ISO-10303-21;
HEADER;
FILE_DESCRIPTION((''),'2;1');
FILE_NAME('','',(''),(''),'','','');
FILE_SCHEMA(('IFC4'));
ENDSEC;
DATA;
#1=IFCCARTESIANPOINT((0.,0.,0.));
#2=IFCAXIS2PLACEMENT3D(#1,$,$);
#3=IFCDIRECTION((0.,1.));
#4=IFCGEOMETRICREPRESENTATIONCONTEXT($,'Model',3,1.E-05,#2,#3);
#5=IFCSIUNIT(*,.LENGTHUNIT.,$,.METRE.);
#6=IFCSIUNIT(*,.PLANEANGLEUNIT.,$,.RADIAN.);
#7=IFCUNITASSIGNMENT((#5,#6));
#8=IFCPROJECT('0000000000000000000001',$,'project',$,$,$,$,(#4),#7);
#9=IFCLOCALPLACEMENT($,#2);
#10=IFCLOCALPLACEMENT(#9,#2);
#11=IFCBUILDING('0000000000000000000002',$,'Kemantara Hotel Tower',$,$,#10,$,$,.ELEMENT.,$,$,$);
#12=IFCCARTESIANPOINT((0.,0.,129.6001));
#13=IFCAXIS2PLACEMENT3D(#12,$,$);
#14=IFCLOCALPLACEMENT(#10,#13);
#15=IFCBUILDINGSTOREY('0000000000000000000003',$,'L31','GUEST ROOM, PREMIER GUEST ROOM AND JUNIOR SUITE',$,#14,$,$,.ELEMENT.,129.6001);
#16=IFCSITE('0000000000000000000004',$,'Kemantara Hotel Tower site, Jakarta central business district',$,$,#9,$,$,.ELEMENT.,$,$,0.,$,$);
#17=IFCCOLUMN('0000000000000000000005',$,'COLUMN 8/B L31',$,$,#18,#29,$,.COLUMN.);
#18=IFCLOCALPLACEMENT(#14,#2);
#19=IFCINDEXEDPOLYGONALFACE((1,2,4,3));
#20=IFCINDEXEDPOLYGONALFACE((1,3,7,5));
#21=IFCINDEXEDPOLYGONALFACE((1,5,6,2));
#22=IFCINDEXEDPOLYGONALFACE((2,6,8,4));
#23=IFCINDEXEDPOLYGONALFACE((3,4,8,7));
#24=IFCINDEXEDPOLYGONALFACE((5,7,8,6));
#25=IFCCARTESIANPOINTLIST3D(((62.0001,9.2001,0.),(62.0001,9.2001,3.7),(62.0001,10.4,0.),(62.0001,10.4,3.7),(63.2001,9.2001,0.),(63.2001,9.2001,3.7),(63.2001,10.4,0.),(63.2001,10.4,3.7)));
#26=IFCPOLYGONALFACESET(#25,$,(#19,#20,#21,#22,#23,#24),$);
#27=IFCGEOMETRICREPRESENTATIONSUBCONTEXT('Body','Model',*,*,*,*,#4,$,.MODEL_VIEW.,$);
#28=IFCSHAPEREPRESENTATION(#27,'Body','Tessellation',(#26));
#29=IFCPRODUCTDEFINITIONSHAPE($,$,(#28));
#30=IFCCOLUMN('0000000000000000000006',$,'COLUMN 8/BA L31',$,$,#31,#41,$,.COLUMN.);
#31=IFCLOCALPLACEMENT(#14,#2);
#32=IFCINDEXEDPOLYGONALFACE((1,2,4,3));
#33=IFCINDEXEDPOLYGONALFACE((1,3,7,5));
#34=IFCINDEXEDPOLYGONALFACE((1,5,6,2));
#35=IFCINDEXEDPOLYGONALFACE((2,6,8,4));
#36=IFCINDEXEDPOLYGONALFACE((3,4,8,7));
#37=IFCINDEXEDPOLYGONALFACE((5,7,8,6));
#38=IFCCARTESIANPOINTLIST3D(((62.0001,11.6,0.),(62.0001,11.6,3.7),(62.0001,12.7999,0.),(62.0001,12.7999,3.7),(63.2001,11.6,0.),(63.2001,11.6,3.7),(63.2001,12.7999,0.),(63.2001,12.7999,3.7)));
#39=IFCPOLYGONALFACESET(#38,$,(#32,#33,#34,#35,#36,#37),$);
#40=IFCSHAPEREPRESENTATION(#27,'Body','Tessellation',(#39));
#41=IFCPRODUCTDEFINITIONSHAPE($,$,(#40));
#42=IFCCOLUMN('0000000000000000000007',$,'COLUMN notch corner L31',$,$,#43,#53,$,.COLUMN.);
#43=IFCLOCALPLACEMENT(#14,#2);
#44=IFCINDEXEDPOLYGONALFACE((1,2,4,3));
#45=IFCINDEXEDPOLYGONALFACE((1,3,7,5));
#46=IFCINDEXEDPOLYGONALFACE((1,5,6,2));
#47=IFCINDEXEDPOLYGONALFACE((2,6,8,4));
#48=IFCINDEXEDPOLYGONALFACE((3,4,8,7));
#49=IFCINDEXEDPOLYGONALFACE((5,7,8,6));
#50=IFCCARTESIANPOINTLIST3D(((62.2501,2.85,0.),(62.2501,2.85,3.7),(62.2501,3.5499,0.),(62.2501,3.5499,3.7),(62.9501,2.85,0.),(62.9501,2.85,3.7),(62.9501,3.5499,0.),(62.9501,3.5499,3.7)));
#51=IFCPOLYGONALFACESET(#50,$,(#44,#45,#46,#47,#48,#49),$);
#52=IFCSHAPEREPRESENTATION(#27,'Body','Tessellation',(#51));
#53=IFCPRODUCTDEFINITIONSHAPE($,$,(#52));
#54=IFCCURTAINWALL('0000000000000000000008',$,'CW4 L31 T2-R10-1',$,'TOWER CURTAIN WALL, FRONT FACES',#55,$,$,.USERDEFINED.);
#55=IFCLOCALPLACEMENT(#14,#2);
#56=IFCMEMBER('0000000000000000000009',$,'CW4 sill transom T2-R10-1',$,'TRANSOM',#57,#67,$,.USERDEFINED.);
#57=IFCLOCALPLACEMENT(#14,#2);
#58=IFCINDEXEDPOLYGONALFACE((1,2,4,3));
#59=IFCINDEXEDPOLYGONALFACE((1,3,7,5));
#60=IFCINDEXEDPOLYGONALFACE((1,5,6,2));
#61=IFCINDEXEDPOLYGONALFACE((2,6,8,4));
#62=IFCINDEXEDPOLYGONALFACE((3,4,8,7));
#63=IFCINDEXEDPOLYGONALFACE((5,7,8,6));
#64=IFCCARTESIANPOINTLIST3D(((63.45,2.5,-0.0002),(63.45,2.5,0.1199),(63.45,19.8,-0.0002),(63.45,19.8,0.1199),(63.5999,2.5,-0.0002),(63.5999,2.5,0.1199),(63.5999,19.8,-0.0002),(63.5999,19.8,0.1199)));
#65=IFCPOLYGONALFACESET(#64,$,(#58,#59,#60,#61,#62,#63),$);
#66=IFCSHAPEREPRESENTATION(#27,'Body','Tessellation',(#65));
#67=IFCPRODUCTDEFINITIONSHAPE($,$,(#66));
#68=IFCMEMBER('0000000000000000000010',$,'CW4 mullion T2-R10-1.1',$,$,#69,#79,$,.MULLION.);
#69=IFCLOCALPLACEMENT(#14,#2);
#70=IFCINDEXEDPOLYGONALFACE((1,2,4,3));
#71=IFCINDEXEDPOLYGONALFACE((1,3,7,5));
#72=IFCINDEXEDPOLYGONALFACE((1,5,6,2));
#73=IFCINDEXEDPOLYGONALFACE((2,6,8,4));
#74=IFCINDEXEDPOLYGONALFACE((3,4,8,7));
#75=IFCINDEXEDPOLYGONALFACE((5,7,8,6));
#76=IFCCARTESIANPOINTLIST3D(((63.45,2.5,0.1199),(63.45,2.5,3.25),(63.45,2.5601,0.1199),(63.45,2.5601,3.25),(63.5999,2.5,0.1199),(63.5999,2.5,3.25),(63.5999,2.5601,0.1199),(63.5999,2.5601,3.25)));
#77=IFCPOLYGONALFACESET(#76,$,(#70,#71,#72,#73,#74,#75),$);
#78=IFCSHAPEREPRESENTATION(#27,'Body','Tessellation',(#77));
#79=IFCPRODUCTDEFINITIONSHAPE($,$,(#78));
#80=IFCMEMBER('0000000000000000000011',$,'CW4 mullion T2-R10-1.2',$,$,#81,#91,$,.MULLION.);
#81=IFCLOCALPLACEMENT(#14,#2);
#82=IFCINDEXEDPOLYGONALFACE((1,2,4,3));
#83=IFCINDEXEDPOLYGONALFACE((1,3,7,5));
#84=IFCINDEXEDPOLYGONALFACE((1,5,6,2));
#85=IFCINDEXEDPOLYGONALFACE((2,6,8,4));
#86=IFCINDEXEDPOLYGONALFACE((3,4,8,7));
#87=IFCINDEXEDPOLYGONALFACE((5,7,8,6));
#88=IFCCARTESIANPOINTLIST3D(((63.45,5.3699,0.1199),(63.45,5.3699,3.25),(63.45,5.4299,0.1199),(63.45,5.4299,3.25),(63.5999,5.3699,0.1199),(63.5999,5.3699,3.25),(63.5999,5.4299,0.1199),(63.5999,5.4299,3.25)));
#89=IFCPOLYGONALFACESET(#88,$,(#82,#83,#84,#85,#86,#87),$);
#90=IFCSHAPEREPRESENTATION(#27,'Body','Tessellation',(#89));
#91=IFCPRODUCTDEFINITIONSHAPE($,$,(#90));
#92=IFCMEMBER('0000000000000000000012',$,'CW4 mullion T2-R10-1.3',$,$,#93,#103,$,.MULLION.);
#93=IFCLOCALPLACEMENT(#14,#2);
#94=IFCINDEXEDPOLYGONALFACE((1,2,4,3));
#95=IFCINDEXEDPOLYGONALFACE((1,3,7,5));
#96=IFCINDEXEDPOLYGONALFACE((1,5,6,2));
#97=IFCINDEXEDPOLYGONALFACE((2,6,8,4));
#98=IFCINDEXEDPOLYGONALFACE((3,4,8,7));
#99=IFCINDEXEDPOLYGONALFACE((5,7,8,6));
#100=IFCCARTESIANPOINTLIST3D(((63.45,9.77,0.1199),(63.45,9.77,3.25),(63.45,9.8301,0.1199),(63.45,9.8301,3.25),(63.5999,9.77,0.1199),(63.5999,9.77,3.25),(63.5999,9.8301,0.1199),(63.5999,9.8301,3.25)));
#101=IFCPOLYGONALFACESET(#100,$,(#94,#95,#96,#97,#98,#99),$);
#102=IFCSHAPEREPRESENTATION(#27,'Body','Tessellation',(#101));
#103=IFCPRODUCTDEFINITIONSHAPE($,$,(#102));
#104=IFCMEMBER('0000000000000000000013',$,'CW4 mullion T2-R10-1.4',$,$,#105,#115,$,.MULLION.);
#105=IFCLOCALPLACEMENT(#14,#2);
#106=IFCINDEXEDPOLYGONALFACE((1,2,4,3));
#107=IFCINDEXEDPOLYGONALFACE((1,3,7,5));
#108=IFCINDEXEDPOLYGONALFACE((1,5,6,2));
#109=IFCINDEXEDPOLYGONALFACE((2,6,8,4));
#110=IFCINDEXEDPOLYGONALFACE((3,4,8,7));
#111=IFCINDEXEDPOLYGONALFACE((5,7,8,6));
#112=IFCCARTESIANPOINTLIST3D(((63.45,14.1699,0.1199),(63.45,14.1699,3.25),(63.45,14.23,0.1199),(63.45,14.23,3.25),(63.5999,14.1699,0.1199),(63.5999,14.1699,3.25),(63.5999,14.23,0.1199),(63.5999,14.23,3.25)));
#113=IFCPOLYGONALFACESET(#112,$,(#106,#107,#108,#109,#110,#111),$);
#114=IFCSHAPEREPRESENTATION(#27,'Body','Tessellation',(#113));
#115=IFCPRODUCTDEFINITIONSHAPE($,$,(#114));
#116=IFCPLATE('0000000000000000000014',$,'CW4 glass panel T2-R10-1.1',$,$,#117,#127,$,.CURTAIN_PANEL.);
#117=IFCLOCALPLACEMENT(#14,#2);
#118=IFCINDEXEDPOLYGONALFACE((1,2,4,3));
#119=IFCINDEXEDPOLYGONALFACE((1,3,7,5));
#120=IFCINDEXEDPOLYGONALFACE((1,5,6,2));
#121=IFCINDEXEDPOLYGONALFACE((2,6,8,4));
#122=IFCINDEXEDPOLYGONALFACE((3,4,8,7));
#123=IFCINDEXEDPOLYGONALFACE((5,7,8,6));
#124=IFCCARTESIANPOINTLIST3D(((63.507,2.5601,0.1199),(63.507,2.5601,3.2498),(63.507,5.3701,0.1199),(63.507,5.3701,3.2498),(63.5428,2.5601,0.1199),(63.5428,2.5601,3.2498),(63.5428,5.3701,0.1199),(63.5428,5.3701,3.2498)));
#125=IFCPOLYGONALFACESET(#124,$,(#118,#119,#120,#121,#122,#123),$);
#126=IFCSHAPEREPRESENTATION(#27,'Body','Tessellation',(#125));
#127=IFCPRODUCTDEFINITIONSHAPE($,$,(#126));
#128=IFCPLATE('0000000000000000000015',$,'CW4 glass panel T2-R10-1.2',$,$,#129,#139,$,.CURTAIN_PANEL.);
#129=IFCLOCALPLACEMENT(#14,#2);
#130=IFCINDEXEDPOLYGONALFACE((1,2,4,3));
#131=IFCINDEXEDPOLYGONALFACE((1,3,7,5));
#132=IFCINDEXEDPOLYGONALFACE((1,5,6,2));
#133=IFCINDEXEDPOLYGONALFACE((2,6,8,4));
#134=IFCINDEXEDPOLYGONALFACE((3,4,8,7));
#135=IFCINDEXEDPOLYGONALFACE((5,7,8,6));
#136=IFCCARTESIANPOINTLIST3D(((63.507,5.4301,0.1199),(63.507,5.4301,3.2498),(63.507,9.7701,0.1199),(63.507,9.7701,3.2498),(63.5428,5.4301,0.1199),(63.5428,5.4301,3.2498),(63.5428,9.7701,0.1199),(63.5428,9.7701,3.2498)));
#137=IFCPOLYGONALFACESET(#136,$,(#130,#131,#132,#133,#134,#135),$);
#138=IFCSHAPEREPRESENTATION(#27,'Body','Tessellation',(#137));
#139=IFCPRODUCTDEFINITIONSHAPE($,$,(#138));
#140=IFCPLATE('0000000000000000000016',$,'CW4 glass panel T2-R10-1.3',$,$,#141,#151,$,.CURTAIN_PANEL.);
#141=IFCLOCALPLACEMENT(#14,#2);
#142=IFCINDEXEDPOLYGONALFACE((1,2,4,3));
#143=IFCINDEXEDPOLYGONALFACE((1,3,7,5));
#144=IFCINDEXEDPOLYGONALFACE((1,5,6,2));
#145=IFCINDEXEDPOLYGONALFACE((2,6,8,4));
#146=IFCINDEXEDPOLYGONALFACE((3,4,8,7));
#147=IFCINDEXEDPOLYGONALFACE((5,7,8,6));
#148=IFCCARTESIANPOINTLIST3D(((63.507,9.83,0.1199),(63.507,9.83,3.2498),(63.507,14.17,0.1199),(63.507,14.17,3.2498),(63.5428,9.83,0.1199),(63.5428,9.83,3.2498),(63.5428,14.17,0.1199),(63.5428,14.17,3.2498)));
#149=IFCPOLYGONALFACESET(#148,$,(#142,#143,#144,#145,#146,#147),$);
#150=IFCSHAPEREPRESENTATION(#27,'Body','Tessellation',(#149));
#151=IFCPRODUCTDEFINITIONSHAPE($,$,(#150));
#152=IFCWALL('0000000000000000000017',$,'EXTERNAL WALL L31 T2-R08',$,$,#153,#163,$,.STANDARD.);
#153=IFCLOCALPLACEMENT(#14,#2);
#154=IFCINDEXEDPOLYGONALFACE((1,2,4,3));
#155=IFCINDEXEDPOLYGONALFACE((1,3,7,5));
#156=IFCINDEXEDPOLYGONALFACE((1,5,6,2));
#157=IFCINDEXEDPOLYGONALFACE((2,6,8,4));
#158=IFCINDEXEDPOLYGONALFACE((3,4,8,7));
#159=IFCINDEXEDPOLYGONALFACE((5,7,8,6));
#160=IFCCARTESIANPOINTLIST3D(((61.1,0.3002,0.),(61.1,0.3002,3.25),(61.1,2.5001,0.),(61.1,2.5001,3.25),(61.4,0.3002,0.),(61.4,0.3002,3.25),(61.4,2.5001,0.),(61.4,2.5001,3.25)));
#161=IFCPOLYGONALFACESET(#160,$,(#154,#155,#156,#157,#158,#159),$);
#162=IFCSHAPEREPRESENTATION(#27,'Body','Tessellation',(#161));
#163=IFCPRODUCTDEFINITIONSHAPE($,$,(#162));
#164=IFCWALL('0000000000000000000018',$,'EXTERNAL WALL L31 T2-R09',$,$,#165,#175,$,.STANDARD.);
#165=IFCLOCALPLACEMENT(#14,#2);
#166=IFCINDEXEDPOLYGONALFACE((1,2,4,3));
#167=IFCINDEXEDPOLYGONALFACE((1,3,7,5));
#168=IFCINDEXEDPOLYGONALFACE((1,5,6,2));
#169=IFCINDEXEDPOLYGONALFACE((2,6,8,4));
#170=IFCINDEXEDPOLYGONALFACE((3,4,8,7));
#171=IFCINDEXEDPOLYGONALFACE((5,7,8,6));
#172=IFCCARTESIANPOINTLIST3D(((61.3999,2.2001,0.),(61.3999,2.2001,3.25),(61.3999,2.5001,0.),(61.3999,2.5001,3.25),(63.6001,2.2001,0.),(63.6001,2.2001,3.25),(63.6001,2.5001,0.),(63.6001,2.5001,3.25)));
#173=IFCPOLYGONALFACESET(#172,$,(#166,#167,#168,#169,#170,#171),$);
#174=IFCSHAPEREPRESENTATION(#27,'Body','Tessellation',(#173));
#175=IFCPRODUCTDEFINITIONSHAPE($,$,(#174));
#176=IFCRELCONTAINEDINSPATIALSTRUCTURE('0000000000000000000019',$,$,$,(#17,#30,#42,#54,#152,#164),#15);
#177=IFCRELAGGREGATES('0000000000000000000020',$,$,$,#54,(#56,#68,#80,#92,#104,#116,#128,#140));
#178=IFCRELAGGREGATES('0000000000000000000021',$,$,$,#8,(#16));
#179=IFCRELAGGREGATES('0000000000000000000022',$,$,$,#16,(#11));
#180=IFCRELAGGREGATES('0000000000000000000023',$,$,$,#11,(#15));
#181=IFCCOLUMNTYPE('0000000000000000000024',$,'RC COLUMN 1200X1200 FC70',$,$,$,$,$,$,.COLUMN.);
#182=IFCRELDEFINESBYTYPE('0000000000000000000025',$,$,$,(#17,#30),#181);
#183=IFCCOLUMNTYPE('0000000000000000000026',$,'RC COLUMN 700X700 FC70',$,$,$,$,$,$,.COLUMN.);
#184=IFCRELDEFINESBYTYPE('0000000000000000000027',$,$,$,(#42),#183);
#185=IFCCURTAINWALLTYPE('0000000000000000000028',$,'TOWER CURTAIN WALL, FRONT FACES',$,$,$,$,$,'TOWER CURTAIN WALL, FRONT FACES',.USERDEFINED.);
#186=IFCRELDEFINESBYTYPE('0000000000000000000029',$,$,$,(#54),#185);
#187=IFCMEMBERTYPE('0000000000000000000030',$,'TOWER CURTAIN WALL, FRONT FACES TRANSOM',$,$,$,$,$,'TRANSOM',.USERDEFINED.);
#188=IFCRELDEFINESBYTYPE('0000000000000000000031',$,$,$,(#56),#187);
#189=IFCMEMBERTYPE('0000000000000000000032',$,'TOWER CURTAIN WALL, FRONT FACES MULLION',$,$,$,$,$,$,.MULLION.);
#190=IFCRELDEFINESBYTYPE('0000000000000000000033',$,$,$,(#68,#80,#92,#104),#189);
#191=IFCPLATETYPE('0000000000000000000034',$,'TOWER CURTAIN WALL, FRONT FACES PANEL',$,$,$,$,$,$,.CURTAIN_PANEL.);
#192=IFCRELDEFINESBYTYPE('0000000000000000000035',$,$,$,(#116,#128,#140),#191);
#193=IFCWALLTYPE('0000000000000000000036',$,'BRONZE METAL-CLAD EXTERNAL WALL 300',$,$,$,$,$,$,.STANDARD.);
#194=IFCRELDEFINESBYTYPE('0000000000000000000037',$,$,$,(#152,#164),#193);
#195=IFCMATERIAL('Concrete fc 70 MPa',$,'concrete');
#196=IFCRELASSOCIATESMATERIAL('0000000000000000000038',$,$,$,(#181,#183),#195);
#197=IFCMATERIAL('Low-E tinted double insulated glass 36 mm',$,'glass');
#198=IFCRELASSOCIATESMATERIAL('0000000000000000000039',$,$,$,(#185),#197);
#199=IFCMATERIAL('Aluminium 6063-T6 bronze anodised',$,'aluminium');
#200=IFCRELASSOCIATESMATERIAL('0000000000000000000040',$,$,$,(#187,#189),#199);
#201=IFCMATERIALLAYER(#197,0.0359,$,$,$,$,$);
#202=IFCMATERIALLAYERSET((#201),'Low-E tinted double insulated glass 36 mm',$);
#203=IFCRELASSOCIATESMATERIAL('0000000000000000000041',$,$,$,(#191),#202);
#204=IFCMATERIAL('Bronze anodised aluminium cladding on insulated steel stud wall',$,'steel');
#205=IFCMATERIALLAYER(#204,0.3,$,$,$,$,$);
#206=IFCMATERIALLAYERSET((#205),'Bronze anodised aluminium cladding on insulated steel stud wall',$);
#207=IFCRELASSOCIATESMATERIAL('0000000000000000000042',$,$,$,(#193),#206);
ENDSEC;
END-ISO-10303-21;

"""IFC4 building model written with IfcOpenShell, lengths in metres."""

from ifc_helpers import new_model, si_unit, direction, frame, frame_2d, origin, origin_2d, place, context, subcontext, project, spatial, rectangle, extrude, source, transform, mapped, material, layer, layer_set, material_profile, profile_set, type_object, element, aggregate, save


model = new_model("IFC4")

# Units and contexts
model_context = context("Model", 3, precision=1e-05, world=origin(), true_north=direction((0.0, 1.0)))
body_context = subcontext(model_context, "Body", "Model", "MODEL_VIEW")
ifc_project = project(units=[si_unit("LENGTHUNIT", "METRE"), si_unit("PLANEANGLEUNIT", "RADIAN")], contexts=[model_context])

# Site, building, storey
site_placement = place(None, origin())
site = spatial("IfcSite", under=ifc_project, at=site_placement, Name="Kemantara Hotel Tower site, Jakarta central business district", CompositionType="ELEMENT", RefElevation=0.0)
building_placement = place(site_placement, origin())
building = spatial("IfcBuilding", under=site, at=building_placement, Name="Kemantara Hotel Tower", CompositionType="ELEMENT")
storey_placement = place(building_placement, frame((0.0, 0.0, 129.6001)))
storey = spatial("IfcBuildingStorey", under=building, at=storey_placement, Name="L31", Description="GUEST ROOM, PREMIER GUEST ROOM AND JUNIOR SUITE", CompositionType="ELEMENT", Elevation=129.6001)

# Columns
ifc_material_1 = material(Name="Concrete fc 70 MPa", Category="concrete")
ifc_material_profile_1 = material_profile(ifc_material_1, rectangle(XDim=1.2, YDim=1.2, at=origin_2d()), Name="RC 1200X1200")
ifc_profile_set_1 = profile_set([ifc_material_profile_1], Name="Concrete fc 70 MPa")
column_type_1 = type_object("IfcColumnType", Name="RC COLUMN 1200X1200 FC70", PredefinedType="COLUMN", material=ifc_profile_set_1)
for number, where, z_axis, x_axis, name in (
    (1, (62.6001, 9.8, 0.0), (0.0, 0.0, 1.0), (1.0, 0.0, 0.0), "COLUMN 8/B L31"),
    (2, (62.6001, 12.2, 0.0), (0.0, 0.0, 1.0), (1.0, 0.0, 0.0), "COLUMN 8/BA L31"),
):
    element("IfcColumn", number, at=place(storey_placement, frame(where, z_axis=z_axis, x_axis=x_axis)), inside=storey, type_object=column_type_1, Name=name, PredefinedType="COLUMN", context=body_context, shape_type="SweptSolid", body=[
        extrude(rectangle(XDim=1.2, YDim=1.2, at=origin_2d()), origin(), (0.0, 0.0, 1.0), 3.7),
    ])
ifc_material_profile_2 = material_profile(ifc_material_1, rectangle(XDim=0.7, YDim=0.7, at=origin_2d()), Name="RC 700X700")
ifc_profile_set_2 = profile_set([ifc_material_profile_2], Name="Concrete fc 70 MPa")
column_type_2 = type_object("IfcColumnType", Name="RC COLUMN 700X700 FC70", PredefinedType="COLUMN", material=ifc_profile_set_2)
column_placement = place(storey_placement, frame((62.6001, 3.2, 0.0), z_axis=(0.0, 0.0, 1.0), x_axis=(1.0, 0.0, 0.0)))
element("IfcColumn", 3, at=column_placement, inside=storey, type_object=column_type_2, Name="COLUMN notch corner L31", PredefinedType="COLUMN", context=body_context, shape_type="SweptSolid", body=[
    extrude(rectangle(XDim=0.7, YDim=0.7, at=origin_2d()), origin(), (0.0, 0.0, 1.0), 3.7),
])

# Curtain wall, members, plates
ifc_material_2 = material(Name="Low-E tinted double insulated glass 36 mm", Category="glass")
curtain_wall_type = type_object("IfcCurtainWallType", Name="TOWER CURTAIN WALL, FRONT FACES", ElementType="TOWER CURTAIN WALL, FRONT FACES", PredefinedType="USERDEFINED", material=ifc_material_2)
curtain_wall_placement = place(storey_placement, origin())
curtain_wall = element("IfcCurtainWall", 4, at=curtain_wall_placement, inside=storey, type_object=curtain_wall_type, Name="CW4 L31 T2-R10-1", ObjectType="TOWER CURTAIN WALL, FRONT FACES", PredefinedType="USERDEFINED")
ifc_material_3 = material(Name="Aluminium 6063-T6 bronze anodised", Category="aluminium")
ifc_material_profile_3 = material_profile(ifc_material_3, rectangle(XDim=0.1499, YDim=0.1201, at=origin_2d()), Name="TOWER CURTAIN WALL, FRONT FACES TRANSOM")
ifc_profile_set_3 = profile_set([ifc_material_profile_3], Name="Aluminium 6063-T6 bronze anodised")
member_type_1 = type_object("IfcMemberType", Name="TOWER CURTAIN WALL, FRONT FACES TRANSOM", ElementType="TRANSOM", PredefinedType="USERDEFINED", material=ifc_profile_set_3)
member_1_placement = place(storey_placement, frame((63.5249, 2.5, 0.0598), z_axis=(0.0, 1.0, 0.0), x_axis=(-1.0, 0.0, 0.0)))
member_1 = element("IfcMember", 5, at=member_1_placement, type_object=member_type_1, Name="CW4 sill transom T2-R10-1", ObjectType="TRANSOM", PredefinedType="USERDEFINED", context=body_context, shape_type="SweptSolid", body=[
    extrude(rectangle(XDim=0.1499, YDim=0.1201, at=origin_2d()), origin(), (0.0, 0.0, 1.0), 17.3),
])
ifc_material_profile_4 = material_profile(ifc_material_3, rectangle(XDim=0.1499, YDim=0.0601, at=origin_2d()), Name="TOWER CURTAIN WALL, FRONT FACES MULLION")
ifc_profile_set_4 = profile_set([ifc_material_profile_4], Name="Aluminium 6063-T6 bronze anodised")
member_type_2 = type_object("IfcMemberType", Name="TOWER CURTAIN WALL, FRONT FACES MULLION", PredefinedType="MULLION", material=ifc_profile_set_4)
shared_shape_1 = source(origin(), body_context, "Body", "SweptSolid", [
    extrude(rectangle(XDim=0.1499, YDim=0.0601, at=origin_2d()), origin(), (0.0, 0.0, 1.0), 3.1301),
])
member_2_placement = place(storey_placement, frame((63.5249, 2.53, 0.1199), z_axis=(0.0, 0.0, 1.0), x_axis=(-1.0, 0.0, 0.0)))
member_2 = element("IfcMember", 6, at=member_2_placement, type_object=member_type_2, Name="CW4 mullion T2-R10-1.1", PredefinedType="MULLION", context=body_context, shape_type="MappedRepresentation", body=[
    mapped(shared_shape_1, transform((0.0, 0.0, 0.0))),
])
member_3_placement = place(storey_placement, frame((63.5249, 5.3999, 0.1199), z_axis=(0.0, 0.0, 1.0), x_axis=(-1.0, 0.0, 0.0)))
member_3 = element("IfcMember", 7, at=member_3_placement, type_object=member_type_2, Name="CW4 mullion T2-R10-1.2", PredefinedType="MULLION", context=body_context, shape_type="MappedRepresentation", body=[
    mapped(shared_shape_1, transform((0.0, 0.0, 0.0))),
])
member_4_placement = place(storey_placement, frame((63.5249, 9.8, 0.1199), z_axis=(0.0, 0.0, 1.0), x_axis=(-1.0, 0.0, 0.0)))
member_4 = element("IfcMember", 8, at=member_4_placement, type_object=member_type_2, Name="CW4 mullion T2-R10-1.3", PredefinedType="MULLION", context=body_context, shape_type="MappedRepresentation", body=[
    mapped(shared_shape_1, transform((0.0, 0.0, 0.0))),
])
member_5_placement = place(storey_placement, frame((63.5249, 14.2, 0.1199), z_axis=(0.0, 0.0, 1.0), x_axis=(-1.0, 0.0, 0.0)))
member_5 = element("IfcMember", 9, at=member_5_placement, type_object=member_type_2, Name="CW4 mullion T2-R10-1.4", PredefinedType="MULLION", context=body_context, shape_type="MappedRepresentation", body=[
    mapped(shared_shape_1, transform((0.0, 0.0, 0.0))),
])
ifc_layer_1 = layer(ifc_material_2, 0.0359)
ifc_layer_set_1 = layer_set([ifc_layer_1], Name="Low-E tinted double insulated glass 36 mm")
plate_type = type_object("IfcPlateType", Name="TOWER CURTAIN WALL, FRONT FACES PANEL", PredefinedType="CURTAIN_PANEL", material=ifc_layer_set_1)
shared_shape_2 = source(origin(), body_context, "Body", "SweptSolid", [
    extrude(rectangle(XDim=2.8101, YDim=0.0359, at=origin_2d()), origin(), (0.0, 0.0, 1.0), 3.1299),
])
plate_1_placement = place(storey_placement, frame((63.5249, 3.9651, 0.1199), z_axis=(0.0, 0.0, 1.0), x_axis=(0.0, 1.0, 0.0)))
plate_1 = element("IfcPlate", 10, at=plate_1_placement, type_object=plate_type, Name="CW4 glass panel T2-R10-1.1", PredefinedType="CURTAIN_PANEL", context=body_context, shape_type="MappedRepresentation", body=[
    mapped(shared_shape_2, transform((0.0, 0.0, 0.0))),
])
shared_shape_3 = source(origin(), body_context, "Body", "SweptSolid", [
    extrude(rectangle(XDim=4.3401, YDim=0.0359, at=origin_2d()), origin(), (0.0, 0.0, 1.0), 3.1299),
])
plate_2_placement = place(storey_placement, frame((63.5249, 7.6001, 0.1199), z_axis=(0.0, 0.0, 1.0), x_axis=(0.0, 1.0, 0.0)))
plate_2 = element("IfcPlate", 11, at=plate_2_placement, type_object=plate_type, Name="CW4 glass panel T2-R10-1.2", PredefinedType="CURTAIN_PANEL", context=body_context, shape_type="MappedRepresentation", body=[
    mapped(shared_shape_3, transform((0.0, 0.0, 0.0))),
])
plate_3_placement = place(storey_placement, frame((63.5249, 12.0, 0.1199), z_axis=(0.0, 0.0, 1.0), x_axis=(0.0, 1.0, 0.0)))
plate_3 = element("IfcPlate", 12, at=plate_3_placement, type_object=plate_type, Name="CW4 glass panel T2-R10-1.3", PredefinedType="CURTAIN_PANEL", context=body_context, shape_type="MappedRepresentation", body=[
    mapped(shared_shape_3, transform((0.0, 0.0, 0.0))),
])
aggregate(curtain_wall, [member_1, member_2, member_3, member_4, member_5, plate_1, plate_2, plate_3])

# Walls
ifc_material_4 = material(Name="Bronze anodised aluminium cladding on insulated steel stud wall", Category="steel")
ifc_layer_2 = layer(ifc_material_4, 0.3)
ifc_layer_set_2 = layer_set([ifc_layer_2], Name="Bronze anodised aluminium cladding on insulated steel stud wall")
wall_type_1 = type_object("IfcWallType", Name="BRONZE METAL-CLAD EXTERNAL WALL 300", PredefinedType="STANDARD", material=ifc_layer_set_2)
wall_1_placement = place(storey_placement, frame((61.25, 0.3, 0.0), z_axis=(0.0, 0.0, 1.0), x_axis=(0.0, 1.0, 0.0)))
element("IfcWall", 13, at=wall_1_placement, inside=storey, type_object=wall_type_1, Name="EXTERNAL WALL L31 T2-R08", PredefinedType="STANDARD", context=body_context, shape_type="SweptSolid", body=[
    extrude(rectangle(XDim=2.2, YDim=0.3, at=frame_2d((1.1001, 0.0))), origin(), (0.0, 0.0, 1.0), 3.25),
])
wall_2_placement = place(storey_placement, frame((61.3999, 2.3501, 0.0), z_axis=(0.0, 0.0, 1.0), x_axis=(1.0, 0.0, 0.0)))
element("IfcWall", 14, at=wall_2_placement, inside=storey, type_object=wall_type_1, Name="EXTERNAL WALL L31 T2-R09", PredefinedType="STANDARD", context=body_context, shape_type="SweptSolid", body=[
    extrude(rectangle(XDim=2.2002, YDim=0.3, at=frame_2d((1.1001, 0.0))), origin(), (0.0, 0.0, 1.0), 3.25),
])

save(model, "model.ifc")
